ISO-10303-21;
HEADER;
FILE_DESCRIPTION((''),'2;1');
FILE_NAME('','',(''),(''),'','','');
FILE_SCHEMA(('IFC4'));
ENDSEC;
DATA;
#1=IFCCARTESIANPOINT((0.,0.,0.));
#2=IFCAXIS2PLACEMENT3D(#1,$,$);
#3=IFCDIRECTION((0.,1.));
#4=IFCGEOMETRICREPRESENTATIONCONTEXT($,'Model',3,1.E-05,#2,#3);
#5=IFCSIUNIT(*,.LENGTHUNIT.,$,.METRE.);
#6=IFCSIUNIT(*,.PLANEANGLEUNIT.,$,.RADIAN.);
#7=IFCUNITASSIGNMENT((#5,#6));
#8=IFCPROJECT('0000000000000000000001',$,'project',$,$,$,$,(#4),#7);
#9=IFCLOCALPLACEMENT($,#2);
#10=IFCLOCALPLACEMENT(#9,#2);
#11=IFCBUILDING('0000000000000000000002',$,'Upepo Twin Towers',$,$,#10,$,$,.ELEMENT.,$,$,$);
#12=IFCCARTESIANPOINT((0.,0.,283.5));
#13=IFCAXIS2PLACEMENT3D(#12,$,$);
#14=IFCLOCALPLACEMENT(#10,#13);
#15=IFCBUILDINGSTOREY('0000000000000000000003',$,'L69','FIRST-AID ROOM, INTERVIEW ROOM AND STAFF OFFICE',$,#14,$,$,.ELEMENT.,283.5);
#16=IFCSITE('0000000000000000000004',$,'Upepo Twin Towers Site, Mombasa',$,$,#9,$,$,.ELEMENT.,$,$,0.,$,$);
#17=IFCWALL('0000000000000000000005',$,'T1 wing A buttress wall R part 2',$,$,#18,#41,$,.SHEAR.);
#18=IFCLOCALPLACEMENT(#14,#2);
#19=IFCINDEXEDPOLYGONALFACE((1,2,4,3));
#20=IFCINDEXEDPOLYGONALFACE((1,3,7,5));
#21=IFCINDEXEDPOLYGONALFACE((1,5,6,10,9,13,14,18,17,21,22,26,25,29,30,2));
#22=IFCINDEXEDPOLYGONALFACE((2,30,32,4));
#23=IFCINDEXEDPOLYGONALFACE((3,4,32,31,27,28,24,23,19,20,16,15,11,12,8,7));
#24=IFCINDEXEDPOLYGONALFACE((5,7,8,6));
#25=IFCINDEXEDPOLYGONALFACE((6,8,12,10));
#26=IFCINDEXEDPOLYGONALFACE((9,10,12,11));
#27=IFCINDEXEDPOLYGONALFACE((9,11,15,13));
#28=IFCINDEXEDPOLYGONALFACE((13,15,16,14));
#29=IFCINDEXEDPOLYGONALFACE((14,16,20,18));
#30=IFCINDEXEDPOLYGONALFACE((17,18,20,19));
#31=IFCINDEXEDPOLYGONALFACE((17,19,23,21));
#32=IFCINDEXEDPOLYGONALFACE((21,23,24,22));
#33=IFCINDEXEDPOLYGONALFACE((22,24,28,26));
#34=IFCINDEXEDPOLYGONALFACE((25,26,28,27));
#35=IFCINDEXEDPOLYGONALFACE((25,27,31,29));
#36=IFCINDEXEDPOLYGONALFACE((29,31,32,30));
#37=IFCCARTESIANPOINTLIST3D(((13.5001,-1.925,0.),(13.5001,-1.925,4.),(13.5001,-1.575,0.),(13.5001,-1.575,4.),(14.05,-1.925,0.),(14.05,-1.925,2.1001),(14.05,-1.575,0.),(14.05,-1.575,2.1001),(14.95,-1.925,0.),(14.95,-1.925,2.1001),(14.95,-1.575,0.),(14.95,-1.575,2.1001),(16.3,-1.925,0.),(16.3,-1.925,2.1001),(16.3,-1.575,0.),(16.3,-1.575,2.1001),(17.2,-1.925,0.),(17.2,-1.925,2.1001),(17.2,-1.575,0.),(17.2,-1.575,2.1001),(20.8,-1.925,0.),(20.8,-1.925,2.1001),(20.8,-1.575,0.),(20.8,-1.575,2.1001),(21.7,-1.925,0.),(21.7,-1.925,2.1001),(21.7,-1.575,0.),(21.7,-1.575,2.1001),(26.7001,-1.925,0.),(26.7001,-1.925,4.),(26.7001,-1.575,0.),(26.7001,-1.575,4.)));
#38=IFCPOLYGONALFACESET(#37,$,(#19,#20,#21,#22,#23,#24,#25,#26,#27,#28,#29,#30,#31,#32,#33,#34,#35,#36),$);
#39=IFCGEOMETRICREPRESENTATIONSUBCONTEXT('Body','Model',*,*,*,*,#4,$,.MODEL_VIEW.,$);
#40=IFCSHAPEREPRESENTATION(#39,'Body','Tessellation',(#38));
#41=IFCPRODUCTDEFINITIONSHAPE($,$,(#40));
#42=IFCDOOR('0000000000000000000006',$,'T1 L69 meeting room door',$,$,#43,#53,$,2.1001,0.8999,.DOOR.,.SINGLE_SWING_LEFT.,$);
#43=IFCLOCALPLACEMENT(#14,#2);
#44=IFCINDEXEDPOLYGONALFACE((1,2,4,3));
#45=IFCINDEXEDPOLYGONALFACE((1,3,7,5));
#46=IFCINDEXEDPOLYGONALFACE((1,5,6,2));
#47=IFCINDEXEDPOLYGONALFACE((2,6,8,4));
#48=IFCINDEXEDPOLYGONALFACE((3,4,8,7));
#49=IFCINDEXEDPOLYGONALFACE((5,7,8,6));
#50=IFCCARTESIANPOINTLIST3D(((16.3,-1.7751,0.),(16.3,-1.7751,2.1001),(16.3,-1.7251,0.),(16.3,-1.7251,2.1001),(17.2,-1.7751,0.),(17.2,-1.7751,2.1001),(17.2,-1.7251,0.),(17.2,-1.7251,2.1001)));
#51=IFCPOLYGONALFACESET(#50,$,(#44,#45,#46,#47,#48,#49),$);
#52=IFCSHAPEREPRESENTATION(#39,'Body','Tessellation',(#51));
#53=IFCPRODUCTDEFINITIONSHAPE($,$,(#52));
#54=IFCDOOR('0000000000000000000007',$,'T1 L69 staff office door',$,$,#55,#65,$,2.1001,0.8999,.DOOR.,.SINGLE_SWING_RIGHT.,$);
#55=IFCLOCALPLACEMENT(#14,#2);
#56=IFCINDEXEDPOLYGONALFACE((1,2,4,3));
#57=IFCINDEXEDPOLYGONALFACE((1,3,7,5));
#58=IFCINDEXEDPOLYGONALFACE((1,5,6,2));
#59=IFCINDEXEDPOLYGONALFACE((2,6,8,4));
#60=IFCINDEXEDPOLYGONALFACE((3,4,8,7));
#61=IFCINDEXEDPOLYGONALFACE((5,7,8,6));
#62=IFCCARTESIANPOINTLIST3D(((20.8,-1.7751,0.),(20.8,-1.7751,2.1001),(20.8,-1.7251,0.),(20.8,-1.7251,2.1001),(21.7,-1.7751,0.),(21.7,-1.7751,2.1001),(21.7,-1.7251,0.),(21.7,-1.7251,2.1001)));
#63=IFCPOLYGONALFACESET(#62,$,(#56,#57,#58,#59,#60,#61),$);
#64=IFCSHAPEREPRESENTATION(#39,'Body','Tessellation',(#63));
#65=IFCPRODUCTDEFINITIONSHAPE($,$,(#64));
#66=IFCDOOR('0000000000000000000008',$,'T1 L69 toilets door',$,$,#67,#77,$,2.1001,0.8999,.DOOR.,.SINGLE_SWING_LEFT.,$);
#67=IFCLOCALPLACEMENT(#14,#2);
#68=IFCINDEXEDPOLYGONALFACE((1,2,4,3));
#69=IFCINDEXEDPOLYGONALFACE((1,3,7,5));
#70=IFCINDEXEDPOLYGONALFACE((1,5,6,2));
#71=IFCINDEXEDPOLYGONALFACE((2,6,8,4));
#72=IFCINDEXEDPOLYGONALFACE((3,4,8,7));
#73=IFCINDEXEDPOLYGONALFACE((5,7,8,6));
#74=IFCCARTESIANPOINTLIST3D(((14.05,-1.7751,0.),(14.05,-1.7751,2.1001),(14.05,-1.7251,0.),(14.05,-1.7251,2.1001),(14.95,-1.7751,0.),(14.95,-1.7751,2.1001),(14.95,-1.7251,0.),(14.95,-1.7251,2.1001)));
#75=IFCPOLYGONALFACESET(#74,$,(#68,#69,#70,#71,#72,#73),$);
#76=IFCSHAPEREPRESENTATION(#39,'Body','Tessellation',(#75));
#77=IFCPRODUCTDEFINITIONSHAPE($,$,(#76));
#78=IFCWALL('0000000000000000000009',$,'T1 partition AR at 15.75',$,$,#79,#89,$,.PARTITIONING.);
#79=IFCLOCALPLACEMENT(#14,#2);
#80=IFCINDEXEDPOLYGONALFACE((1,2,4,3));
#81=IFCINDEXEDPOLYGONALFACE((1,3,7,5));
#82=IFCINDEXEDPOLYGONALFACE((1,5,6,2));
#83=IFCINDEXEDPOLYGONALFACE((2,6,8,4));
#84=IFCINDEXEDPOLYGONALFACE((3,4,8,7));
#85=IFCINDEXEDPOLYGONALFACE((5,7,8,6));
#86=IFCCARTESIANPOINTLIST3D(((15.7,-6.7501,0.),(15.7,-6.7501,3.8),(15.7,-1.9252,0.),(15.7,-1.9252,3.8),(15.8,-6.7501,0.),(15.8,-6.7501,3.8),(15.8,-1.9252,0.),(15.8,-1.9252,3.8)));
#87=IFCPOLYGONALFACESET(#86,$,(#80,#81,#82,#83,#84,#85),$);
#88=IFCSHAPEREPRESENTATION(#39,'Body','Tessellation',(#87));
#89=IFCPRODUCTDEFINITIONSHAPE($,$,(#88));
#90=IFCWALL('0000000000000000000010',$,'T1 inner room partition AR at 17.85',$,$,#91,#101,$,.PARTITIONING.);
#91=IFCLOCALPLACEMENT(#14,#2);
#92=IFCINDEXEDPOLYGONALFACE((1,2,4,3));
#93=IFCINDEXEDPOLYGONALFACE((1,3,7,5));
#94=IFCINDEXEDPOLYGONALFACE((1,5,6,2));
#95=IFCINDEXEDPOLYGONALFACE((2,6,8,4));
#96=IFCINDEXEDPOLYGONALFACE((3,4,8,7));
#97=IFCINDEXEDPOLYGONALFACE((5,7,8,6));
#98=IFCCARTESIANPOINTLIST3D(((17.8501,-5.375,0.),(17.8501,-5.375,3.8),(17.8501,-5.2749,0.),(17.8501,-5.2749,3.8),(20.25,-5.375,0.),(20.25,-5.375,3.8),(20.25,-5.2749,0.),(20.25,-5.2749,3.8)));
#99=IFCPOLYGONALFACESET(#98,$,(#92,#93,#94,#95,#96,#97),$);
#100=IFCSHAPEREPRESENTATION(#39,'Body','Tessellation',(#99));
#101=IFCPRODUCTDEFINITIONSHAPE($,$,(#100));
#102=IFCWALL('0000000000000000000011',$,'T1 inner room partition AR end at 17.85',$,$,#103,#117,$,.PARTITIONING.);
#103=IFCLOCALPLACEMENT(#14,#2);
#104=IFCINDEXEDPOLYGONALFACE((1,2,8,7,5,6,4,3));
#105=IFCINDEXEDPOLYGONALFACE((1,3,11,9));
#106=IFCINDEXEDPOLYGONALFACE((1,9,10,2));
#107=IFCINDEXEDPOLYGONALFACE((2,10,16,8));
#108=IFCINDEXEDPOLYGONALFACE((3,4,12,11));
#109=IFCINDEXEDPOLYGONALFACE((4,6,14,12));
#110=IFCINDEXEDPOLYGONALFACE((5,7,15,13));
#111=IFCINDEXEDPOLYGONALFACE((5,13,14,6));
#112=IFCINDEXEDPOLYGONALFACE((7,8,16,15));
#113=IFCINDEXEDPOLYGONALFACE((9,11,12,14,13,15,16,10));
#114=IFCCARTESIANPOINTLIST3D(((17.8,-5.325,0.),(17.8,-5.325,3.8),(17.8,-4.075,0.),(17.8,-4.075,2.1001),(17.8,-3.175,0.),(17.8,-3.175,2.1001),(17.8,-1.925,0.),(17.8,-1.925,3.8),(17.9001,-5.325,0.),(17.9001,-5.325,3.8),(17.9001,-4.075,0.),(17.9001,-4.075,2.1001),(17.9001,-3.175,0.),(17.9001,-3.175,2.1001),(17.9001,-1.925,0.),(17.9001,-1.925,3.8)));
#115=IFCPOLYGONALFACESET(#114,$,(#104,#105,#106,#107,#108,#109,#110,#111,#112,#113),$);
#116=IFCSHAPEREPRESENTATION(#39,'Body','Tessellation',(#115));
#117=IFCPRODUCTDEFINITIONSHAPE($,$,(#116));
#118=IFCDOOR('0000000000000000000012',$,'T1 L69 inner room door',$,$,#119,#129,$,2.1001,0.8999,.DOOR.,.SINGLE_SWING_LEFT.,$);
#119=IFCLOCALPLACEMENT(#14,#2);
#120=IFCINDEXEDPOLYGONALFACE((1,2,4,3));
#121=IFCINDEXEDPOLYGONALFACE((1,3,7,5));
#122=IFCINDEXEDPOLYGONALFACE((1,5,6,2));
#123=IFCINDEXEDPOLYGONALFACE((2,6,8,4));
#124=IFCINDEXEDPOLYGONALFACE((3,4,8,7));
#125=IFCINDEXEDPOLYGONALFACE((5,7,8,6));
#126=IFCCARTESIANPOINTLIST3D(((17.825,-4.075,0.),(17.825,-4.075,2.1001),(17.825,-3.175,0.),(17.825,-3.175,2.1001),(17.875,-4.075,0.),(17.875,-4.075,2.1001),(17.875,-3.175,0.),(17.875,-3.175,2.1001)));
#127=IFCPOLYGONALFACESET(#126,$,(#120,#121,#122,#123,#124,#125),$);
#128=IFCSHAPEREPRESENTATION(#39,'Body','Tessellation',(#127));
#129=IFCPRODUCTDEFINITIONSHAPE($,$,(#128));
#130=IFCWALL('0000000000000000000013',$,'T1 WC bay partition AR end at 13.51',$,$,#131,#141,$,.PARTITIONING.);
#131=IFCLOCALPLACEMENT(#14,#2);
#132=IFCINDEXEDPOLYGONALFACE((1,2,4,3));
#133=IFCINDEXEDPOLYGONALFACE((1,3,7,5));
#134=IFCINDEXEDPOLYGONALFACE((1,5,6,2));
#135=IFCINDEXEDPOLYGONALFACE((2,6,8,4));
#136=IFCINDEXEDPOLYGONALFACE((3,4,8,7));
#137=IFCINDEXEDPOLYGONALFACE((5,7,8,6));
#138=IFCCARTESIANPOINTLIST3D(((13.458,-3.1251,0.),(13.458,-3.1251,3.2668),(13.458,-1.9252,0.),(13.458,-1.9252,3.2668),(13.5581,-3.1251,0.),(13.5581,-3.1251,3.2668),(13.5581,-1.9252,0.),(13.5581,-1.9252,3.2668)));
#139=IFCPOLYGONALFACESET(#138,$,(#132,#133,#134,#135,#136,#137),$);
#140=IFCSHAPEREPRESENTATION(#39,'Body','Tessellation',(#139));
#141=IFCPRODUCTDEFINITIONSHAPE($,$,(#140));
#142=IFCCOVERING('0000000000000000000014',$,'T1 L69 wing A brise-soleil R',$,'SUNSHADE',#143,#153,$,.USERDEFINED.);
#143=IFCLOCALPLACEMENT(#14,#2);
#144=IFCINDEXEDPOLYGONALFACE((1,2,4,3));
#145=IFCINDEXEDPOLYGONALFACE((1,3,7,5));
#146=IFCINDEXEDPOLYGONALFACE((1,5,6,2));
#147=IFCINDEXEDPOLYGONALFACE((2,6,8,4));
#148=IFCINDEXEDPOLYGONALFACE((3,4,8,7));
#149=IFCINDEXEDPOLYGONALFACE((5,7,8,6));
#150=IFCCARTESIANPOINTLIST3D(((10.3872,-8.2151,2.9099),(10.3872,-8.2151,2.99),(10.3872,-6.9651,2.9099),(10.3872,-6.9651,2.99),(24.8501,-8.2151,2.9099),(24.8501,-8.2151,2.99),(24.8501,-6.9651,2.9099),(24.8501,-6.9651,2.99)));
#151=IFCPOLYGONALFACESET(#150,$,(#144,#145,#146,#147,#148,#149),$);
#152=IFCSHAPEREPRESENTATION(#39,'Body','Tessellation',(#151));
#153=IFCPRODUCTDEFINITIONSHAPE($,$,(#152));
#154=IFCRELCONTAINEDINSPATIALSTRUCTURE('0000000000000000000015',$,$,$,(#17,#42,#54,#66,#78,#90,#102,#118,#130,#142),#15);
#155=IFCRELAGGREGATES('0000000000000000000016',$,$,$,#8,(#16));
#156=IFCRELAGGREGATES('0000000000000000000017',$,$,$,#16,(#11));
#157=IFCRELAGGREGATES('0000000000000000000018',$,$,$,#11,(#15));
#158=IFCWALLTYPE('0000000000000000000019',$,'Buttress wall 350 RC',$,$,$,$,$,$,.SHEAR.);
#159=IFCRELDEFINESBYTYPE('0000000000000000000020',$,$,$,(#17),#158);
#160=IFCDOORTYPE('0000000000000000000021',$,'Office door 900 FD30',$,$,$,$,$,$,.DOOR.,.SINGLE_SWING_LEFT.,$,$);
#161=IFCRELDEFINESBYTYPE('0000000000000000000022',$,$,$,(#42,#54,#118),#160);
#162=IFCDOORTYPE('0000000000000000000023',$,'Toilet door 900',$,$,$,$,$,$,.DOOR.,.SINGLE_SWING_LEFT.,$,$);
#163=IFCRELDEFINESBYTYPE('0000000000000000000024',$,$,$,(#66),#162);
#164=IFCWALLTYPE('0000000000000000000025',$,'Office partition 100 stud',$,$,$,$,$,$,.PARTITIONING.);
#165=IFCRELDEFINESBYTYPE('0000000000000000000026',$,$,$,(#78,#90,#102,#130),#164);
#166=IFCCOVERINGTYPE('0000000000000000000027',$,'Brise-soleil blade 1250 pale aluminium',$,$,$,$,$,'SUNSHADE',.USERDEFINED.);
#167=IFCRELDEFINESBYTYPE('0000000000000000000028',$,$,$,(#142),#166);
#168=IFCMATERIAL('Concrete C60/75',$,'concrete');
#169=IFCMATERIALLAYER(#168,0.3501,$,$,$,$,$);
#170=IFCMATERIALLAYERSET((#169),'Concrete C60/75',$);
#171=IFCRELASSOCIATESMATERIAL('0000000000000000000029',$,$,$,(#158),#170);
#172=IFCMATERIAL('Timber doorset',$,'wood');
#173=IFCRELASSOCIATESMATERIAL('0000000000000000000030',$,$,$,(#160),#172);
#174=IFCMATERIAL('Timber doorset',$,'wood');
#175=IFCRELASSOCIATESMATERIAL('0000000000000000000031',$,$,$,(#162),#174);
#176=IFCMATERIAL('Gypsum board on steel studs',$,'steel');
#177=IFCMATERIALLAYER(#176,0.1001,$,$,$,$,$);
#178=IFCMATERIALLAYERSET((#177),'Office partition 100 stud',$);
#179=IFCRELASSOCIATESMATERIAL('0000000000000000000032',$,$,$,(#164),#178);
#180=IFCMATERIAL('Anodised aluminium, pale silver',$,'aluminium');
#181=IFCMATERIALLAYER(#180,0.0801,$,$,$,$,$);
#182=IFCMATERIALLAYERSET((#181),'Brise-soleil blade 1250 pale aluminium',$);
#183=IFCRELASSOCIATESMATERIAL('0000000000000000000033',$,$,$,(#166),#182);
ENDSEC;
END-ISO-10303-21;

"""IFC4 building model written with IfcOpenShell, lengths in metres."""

from ifc_helpers import new_model, si_unit, direction, frame, frame_2d, origin, origin_2d, place, context, subcontext, project, spatial, rectangle, extrude, material, layer, layer_set, type_object, element, fill, save


model = new_model("IFC4")

# Units and contexts
model_context = context("Model", 3, precision=1e-05, world=origin(), true_north=direction((0.0, 1.0)))
body_context = subcontext(model_context, "Body", "Model", "MODEL_VIEW")
ifc_project = project(units=[si_unit("LENGTHUNIT", "METRE"), si_unit("PLANEANGLEUNIT", "RADIAN")], contexts=[model_context])

# Site, building, storey
site_placement = place(None, origin())
site = spatial("IfcSite", under=ifc_project, at=site_placement, Name="Upepo Twin Towers Site, Mombasa", CompositionType="ELEMENT", RefElevation=0.0)
building_placement = place(site_placement, origin())
building = spatial("IfcBuilding", under=site, at=building_placement, Name="Upepo Twin Towers", CompositionType="ELEMENT")
storey_placement = place(building_placement, frame((0.0, 0.0, 283.5)))
storey = spatial("IfcBuildingStorey", under=building, at=storey_placement, Name="L69", Description="FIRST-AID ROOM, INTERVIEW ROOM AND STAFF OFFICE", CompositionType="ELEMENT", Elevation=283.5)

# Wall, openings, doors
ifc_material_1 = material(Name="Concrete C60/75", Category="concrete")
ifc_layer_1 = layer(ifc_material_1, 0.3501)
ifc_layer_set_1 = layer_set([ifc_layer_1], Name="Concrete C60/75")
wall_type_1 = type_object("IfcWallType", Name="Buttress wall 350 RC", PredefinedType="SHEAR", material=ifc_layer_set_1)
wall_1_placement = place(storey_placement, frame((13.5, -1.75, 0.0), z_axis=(0.0, 0.0, 1.0), x_axis=(1.0, 0.0, 0.0)))
wall_1 = element("IfcWall", 1, at=wall_1_placement, inside=storey, type_object=wall_type_1, Name="T1 wing A buttress wall R part 2", PredefinedType="SHEAR", context=body_context, shape_type="SweptSolid", body=[
    extrude(rectangle(XDim=13.2, YDim=0.3501, at=frame_2d((6.6001, 0.0))), origin(), (0.0, 0.0, 1.0), 4.0),
])
opening_1_placement = place(wall_1_placement, frame((0.55, 0.0, 0.0)))
opening_1 = element("IfcOpeningElement", 2, at=opening_1_placement, cuts=wall_1, PredefinedType="OPENING", context=body_context, shape_type="SweptSolid", body=[
    extrude(rectangle(XDim=0.8999, YDim=2.1001, at=frame_2d((0.45, 1.05))), frame((0.0, 0.1851, 0.0), z_axis=(0.0, -1.0, 0.0), x_axis=(1.0, 0.0, 0.0)), (0.0, 0.0, 1.0), 0.3701),
])
opening_2_placement = place(wall_1_placement, frame((2.8, 0.0, 0.0)))
opening_2 = element("IfcOpeningElement", 3, at=opening_2_placement, cuts=wall_1, PredefinedType="OPENING", context=body_context, shape_type="SweptSolid", body=[
    extrude(rectangle(XDim=0.8999, YDim=2.1001, at=frame_2d((0.45, 1.05))), frame((0.0, 0.1851, 0.0), z_axis=(0.0, -1.0, 0.0), x_axis=(1.0, 0.0, 0.0)), (0.0, 0.0, 1.0), 0.3701),
])
opening_3_placement = place(wall_1_placement, frame((7.3, 0.0, 0.0)))
opening_3 = element("IfcOpeningElement", 4, at=opening_3_placement, cuts=wall_1, PredefinedType="OPENING", context=body_context, shape_type="SweptSolid", body=[
    extrude(rectangle(XDim=0.8999, YDim=2.1001, at=frame_2d((0.45, 1.05))), frame((0.0, 0.1851, 0.0), z_axis=(0.0, -1.0, 0.0), x_axis=(1.0, 0.0, 0.0)), (0.0, 0.0, 1.0), 0.3701),
])
ifc_material_2 = material(Name="Timber doorset", Category="wood")
door_type_1 = type_object("IfcDoorType", Name="Office door 900 FD30", OperationType="SINGLE_SWING_LEFT", PredefinedType="DOOR", material=ifc_material_2)
door_1_placement = place(opening_2_placement, origin())
door_1 = element("IfcDoor", 5, at=door_1_placement, inside=storey, type_object=door_type_1, Name="T1 L69 meeting room door", OperationType="SINGLE_SWING_LEFT", OverallHeight=2.1001, OverallWidth=0.8999, PredefinedType="DOOR", context=body_context, shape_type="SweptSolid", body=[
    extrude(rectangle(XDim=0.8999, YDim=2.1001, at=frame_2d((0.45, 1.05))), frame((0.0, 0.0249, 0.0), z_axis=(0.0, -1.0, 0.0), x_axis=(1.0, 0.0, 0.0)), (0.0, 0.0, 1.0), 0.05),
])
fill(opening_2, door_1)
door_2_placement = place(opening_3_placement, origin())
door_2 = element("IfcDoor", 6, at=door_2_placement, inside=storey, type_object=door_type_1, Name="T1 L69 staff office door", OperationType="SINGLE_SWING_RIGHT", OverallHeight=2.1001, OverallWidth=0.8999, PredefinedType="DOOR", context=body_context, shape_type="SweptSolid", body=[
    extrude(rectangle(XDim=0.8999, YDim=2.1001, at=frame_2d((0.45, 1.05))), frame((0.0, 0.0249, 0.0), z_axis=(0.0, -1.0, 0.0), x_axis=(1.0, 0.0, 0.0)), (0.0, 0.0, 1.0), 0.05),
])
fill(opening_3, door_2)
ifc_material_3 = material(Name="Timber doorset", Category="wood")
door_type_2 = type_object("IfcDoorType", Name="Toilet door 900", OperationType="SINGLE_SWING_LEFT", PredefinedType="DOOR", material=ifc_material_3)
door_3_placement = place(opening_1_placement, origin())
door_3 = element("IfcDoor", 7, at=door_3_placement, inside=storey, type_object=door_type_2, Name="T1 L69 toilets door", OperationType="SINGLE_SWING_LEFT", OverallHeight=2.1001, OverallWidth=0.8999, PredefinedType="DOOR", context=body_context, shape_type="SweptSolid", body=[
    extrude(rectangle(XDim=0.8999, YDim=2.1001, at=frame_2d((0.45, 1.05))), frame((0.0, 0.0249, 0.0), z_axis=(0.0, -1.0, 0.0), x_axis=(1.0, 0.0, 0.0)), (0.0, 0.0, 1.0), 0.05),
])
fill(opening_1, door_3)

# Walls
ifc_material_4 = material(Name="Gypsum board on steel studs", Category="steel")
ifc_layer_2 = layer(ifc_material_4, 0.1001)
ifc_layer_set_2 = layer_set([ifc_layer_2], Name="Office partition 100 stud")
wall_type_2 = type_object("IfcWallType", Name="Office partition 100 stud", PredefinedType="PARTITIONING", material=ifc_layer_set_2)
wall_2_placement = place(storey_placement, frame((15.75, -1.925, 0.0), z_axis=(0.0, 0.0, 1.0), x_axis=(0.0, -1.0, 0.0)))
element("IfcWall", 8, at=wall_2_placement, inside=storey, type_object=wall_type_2, Name="T1 partition AR at 15.75", PredefinedType="PARTITIONING", context=body_context, shape_type="SweptSolid", body=[
    extrude(rectangle(XDim=4.825, YDim=0.1001, at=frame_2d((2.4126, 0.0))), origin(), (0.0, 0.0, 1.0), 3.8),
])
wall_3_placement = place(storey_placement, frame((17.8501, -5.325, 0.0), z_axis=(0.0, 0.0, 1.0), x_axis=(1.0, 0.0, 0.0)))
element("IfcWall", 9, at=wall_3_placement, inside=storey, type_object=wall_type_2, Name="T1 inner room partition AR at 17.85", PredefinedType="PARTITIONING", context=body_context, shape_type="SweptSolid", body=[
    extrude(rectangle(XDim=2.3999, YDim=0.1001, at=frame_2d((1.2, 0.0))), origin(), (0.0, 0.0, 1.0), 3.8),
])

# Wall, opening, door
wall_4_placement = place(storey_placement, frame((17.8501, -1.925, 0.0), z_axis=(0.0, 0.0, 1.0), x_axis=(0.0, -1.0, 0.0)))
wall_4 = element("IfcWall", 10, at=wall_4_placement, inside=storey, type_object=wall_type_2, Name="T1 inner room partition AR end at 17.85", PredefinedType="PARTITIONING", context=body_context, shape_type="SweptSolid", body=[
    extrude(rectangle(XDim=3.3999, YDim=0.1001, at=frame_2d((1.7, 0.0))), origin(), (0.0, 0.0, 1.0), 3.8),
])
opening_4_placement = place(wall_4_placement, frame((1.25, 0.0, 0.0)))
opening_4 = element("IfcOpeningElement", 11, at=opening_4_placement, cuts=wall_4, PredefinedType="OPENING", context=body_context, shape_type="SweptSolid", body=[
    extrude(rectangle(XDim=0.8999, YDim=2.1001, at=frame_2d((0.45, 1.05))), frame((0.0, 0.0601, 0.0), z_axis=(0.0, -1.0, 0.0), x_axis=(1.0, 0.0, 0.0)), (0.0, 0.0, 1.0), 0.1201),
])
door_4_placement = place(opening_4_placement, origin())
door_4 = element("IfcDoor", 12, at=door_4_placement, inside=storey, type_object=door_type_1, Name="T1 L69 inner room door", OperationType="SINGLE_SWING_LEFT", OverallHeight=2.1001, OverallWidth=0.8999, PredefinedType="DOOR", context=body_context, shape_type="SweptSolid", body=[
    extrude(rectangle(XDim=0.8999, YDim=2.1001, at=frame_2d((0.45, 1.05))), frame((0.0, 0.0249, 0.0), z_axis=(0.0, -1.0, 0.0), x_axis=(1.0, 0.0, 0.0)), (0.0, 0.0, 1.0), 0.05),
])
fill(opening_4, door_4)

# Wall
wall_5_placement = place(storey_placement, frame((13.5081, -1.925, 0.0), z_axis=(0.0, 0.0, 1.0), x_axis=(0.0, -1.0, 0.0)))
element("IfcWall", 13, at=wall_5_placement, inside=storey, type_object=wall_type_2, Name="T1 WC bay partition AR end at 13.51", PredefinedType="PARTITIONING", context=body_context, shape_type="SweptSolid", body=[
    extrude(rectangle(XDim=1.2, YDim=0.1001, at=frame_2d((0.6001, 0.0))), origin(), (0.0, 0.0, 1.0), 3.2668),
])

# Covering
ifc_material_5 = material(Name="Anodised aluminium, pale silver", Category="aluminium")
ifc_layer_3 = layer(ifc_material_5, 0.0801)
ifc_layer_set_3 = layer_set([ifc_layer_3], Name="Brise-soleil blade 1250 pale aluminium")
covering_type = type_object("IfcCoveringType", Name="Brise-soleil blade 1250 pale aluminium", ElementType="SUNSHADE", PredefinedType="USERDEFINED", material=ifc_layer_set_3)
covering_placement = place(storey_placement, frame((17.6187, -7.5901, 2.9099), z_axis=(0.0, 0.0, 1.0), x_axis=(1.0, 0.0, 0.0)))
element("IfcCovering", 14, at=covering_placement, inside=storey, type_object=covering_type, Name="T1 L69 wing A brise-soleil R", ObjectType="SUNSHADE", PredefinedType="USERDEFINED", context=body_context, shape_type="SweptSolid", body=[
    extrude(rectangle(XDim=14.4629, YDim=1.25, at=origin_2d()), origin(), (0.0, 0.0, 1.0), 0.0801),
])

save(model, "model.ifc")
